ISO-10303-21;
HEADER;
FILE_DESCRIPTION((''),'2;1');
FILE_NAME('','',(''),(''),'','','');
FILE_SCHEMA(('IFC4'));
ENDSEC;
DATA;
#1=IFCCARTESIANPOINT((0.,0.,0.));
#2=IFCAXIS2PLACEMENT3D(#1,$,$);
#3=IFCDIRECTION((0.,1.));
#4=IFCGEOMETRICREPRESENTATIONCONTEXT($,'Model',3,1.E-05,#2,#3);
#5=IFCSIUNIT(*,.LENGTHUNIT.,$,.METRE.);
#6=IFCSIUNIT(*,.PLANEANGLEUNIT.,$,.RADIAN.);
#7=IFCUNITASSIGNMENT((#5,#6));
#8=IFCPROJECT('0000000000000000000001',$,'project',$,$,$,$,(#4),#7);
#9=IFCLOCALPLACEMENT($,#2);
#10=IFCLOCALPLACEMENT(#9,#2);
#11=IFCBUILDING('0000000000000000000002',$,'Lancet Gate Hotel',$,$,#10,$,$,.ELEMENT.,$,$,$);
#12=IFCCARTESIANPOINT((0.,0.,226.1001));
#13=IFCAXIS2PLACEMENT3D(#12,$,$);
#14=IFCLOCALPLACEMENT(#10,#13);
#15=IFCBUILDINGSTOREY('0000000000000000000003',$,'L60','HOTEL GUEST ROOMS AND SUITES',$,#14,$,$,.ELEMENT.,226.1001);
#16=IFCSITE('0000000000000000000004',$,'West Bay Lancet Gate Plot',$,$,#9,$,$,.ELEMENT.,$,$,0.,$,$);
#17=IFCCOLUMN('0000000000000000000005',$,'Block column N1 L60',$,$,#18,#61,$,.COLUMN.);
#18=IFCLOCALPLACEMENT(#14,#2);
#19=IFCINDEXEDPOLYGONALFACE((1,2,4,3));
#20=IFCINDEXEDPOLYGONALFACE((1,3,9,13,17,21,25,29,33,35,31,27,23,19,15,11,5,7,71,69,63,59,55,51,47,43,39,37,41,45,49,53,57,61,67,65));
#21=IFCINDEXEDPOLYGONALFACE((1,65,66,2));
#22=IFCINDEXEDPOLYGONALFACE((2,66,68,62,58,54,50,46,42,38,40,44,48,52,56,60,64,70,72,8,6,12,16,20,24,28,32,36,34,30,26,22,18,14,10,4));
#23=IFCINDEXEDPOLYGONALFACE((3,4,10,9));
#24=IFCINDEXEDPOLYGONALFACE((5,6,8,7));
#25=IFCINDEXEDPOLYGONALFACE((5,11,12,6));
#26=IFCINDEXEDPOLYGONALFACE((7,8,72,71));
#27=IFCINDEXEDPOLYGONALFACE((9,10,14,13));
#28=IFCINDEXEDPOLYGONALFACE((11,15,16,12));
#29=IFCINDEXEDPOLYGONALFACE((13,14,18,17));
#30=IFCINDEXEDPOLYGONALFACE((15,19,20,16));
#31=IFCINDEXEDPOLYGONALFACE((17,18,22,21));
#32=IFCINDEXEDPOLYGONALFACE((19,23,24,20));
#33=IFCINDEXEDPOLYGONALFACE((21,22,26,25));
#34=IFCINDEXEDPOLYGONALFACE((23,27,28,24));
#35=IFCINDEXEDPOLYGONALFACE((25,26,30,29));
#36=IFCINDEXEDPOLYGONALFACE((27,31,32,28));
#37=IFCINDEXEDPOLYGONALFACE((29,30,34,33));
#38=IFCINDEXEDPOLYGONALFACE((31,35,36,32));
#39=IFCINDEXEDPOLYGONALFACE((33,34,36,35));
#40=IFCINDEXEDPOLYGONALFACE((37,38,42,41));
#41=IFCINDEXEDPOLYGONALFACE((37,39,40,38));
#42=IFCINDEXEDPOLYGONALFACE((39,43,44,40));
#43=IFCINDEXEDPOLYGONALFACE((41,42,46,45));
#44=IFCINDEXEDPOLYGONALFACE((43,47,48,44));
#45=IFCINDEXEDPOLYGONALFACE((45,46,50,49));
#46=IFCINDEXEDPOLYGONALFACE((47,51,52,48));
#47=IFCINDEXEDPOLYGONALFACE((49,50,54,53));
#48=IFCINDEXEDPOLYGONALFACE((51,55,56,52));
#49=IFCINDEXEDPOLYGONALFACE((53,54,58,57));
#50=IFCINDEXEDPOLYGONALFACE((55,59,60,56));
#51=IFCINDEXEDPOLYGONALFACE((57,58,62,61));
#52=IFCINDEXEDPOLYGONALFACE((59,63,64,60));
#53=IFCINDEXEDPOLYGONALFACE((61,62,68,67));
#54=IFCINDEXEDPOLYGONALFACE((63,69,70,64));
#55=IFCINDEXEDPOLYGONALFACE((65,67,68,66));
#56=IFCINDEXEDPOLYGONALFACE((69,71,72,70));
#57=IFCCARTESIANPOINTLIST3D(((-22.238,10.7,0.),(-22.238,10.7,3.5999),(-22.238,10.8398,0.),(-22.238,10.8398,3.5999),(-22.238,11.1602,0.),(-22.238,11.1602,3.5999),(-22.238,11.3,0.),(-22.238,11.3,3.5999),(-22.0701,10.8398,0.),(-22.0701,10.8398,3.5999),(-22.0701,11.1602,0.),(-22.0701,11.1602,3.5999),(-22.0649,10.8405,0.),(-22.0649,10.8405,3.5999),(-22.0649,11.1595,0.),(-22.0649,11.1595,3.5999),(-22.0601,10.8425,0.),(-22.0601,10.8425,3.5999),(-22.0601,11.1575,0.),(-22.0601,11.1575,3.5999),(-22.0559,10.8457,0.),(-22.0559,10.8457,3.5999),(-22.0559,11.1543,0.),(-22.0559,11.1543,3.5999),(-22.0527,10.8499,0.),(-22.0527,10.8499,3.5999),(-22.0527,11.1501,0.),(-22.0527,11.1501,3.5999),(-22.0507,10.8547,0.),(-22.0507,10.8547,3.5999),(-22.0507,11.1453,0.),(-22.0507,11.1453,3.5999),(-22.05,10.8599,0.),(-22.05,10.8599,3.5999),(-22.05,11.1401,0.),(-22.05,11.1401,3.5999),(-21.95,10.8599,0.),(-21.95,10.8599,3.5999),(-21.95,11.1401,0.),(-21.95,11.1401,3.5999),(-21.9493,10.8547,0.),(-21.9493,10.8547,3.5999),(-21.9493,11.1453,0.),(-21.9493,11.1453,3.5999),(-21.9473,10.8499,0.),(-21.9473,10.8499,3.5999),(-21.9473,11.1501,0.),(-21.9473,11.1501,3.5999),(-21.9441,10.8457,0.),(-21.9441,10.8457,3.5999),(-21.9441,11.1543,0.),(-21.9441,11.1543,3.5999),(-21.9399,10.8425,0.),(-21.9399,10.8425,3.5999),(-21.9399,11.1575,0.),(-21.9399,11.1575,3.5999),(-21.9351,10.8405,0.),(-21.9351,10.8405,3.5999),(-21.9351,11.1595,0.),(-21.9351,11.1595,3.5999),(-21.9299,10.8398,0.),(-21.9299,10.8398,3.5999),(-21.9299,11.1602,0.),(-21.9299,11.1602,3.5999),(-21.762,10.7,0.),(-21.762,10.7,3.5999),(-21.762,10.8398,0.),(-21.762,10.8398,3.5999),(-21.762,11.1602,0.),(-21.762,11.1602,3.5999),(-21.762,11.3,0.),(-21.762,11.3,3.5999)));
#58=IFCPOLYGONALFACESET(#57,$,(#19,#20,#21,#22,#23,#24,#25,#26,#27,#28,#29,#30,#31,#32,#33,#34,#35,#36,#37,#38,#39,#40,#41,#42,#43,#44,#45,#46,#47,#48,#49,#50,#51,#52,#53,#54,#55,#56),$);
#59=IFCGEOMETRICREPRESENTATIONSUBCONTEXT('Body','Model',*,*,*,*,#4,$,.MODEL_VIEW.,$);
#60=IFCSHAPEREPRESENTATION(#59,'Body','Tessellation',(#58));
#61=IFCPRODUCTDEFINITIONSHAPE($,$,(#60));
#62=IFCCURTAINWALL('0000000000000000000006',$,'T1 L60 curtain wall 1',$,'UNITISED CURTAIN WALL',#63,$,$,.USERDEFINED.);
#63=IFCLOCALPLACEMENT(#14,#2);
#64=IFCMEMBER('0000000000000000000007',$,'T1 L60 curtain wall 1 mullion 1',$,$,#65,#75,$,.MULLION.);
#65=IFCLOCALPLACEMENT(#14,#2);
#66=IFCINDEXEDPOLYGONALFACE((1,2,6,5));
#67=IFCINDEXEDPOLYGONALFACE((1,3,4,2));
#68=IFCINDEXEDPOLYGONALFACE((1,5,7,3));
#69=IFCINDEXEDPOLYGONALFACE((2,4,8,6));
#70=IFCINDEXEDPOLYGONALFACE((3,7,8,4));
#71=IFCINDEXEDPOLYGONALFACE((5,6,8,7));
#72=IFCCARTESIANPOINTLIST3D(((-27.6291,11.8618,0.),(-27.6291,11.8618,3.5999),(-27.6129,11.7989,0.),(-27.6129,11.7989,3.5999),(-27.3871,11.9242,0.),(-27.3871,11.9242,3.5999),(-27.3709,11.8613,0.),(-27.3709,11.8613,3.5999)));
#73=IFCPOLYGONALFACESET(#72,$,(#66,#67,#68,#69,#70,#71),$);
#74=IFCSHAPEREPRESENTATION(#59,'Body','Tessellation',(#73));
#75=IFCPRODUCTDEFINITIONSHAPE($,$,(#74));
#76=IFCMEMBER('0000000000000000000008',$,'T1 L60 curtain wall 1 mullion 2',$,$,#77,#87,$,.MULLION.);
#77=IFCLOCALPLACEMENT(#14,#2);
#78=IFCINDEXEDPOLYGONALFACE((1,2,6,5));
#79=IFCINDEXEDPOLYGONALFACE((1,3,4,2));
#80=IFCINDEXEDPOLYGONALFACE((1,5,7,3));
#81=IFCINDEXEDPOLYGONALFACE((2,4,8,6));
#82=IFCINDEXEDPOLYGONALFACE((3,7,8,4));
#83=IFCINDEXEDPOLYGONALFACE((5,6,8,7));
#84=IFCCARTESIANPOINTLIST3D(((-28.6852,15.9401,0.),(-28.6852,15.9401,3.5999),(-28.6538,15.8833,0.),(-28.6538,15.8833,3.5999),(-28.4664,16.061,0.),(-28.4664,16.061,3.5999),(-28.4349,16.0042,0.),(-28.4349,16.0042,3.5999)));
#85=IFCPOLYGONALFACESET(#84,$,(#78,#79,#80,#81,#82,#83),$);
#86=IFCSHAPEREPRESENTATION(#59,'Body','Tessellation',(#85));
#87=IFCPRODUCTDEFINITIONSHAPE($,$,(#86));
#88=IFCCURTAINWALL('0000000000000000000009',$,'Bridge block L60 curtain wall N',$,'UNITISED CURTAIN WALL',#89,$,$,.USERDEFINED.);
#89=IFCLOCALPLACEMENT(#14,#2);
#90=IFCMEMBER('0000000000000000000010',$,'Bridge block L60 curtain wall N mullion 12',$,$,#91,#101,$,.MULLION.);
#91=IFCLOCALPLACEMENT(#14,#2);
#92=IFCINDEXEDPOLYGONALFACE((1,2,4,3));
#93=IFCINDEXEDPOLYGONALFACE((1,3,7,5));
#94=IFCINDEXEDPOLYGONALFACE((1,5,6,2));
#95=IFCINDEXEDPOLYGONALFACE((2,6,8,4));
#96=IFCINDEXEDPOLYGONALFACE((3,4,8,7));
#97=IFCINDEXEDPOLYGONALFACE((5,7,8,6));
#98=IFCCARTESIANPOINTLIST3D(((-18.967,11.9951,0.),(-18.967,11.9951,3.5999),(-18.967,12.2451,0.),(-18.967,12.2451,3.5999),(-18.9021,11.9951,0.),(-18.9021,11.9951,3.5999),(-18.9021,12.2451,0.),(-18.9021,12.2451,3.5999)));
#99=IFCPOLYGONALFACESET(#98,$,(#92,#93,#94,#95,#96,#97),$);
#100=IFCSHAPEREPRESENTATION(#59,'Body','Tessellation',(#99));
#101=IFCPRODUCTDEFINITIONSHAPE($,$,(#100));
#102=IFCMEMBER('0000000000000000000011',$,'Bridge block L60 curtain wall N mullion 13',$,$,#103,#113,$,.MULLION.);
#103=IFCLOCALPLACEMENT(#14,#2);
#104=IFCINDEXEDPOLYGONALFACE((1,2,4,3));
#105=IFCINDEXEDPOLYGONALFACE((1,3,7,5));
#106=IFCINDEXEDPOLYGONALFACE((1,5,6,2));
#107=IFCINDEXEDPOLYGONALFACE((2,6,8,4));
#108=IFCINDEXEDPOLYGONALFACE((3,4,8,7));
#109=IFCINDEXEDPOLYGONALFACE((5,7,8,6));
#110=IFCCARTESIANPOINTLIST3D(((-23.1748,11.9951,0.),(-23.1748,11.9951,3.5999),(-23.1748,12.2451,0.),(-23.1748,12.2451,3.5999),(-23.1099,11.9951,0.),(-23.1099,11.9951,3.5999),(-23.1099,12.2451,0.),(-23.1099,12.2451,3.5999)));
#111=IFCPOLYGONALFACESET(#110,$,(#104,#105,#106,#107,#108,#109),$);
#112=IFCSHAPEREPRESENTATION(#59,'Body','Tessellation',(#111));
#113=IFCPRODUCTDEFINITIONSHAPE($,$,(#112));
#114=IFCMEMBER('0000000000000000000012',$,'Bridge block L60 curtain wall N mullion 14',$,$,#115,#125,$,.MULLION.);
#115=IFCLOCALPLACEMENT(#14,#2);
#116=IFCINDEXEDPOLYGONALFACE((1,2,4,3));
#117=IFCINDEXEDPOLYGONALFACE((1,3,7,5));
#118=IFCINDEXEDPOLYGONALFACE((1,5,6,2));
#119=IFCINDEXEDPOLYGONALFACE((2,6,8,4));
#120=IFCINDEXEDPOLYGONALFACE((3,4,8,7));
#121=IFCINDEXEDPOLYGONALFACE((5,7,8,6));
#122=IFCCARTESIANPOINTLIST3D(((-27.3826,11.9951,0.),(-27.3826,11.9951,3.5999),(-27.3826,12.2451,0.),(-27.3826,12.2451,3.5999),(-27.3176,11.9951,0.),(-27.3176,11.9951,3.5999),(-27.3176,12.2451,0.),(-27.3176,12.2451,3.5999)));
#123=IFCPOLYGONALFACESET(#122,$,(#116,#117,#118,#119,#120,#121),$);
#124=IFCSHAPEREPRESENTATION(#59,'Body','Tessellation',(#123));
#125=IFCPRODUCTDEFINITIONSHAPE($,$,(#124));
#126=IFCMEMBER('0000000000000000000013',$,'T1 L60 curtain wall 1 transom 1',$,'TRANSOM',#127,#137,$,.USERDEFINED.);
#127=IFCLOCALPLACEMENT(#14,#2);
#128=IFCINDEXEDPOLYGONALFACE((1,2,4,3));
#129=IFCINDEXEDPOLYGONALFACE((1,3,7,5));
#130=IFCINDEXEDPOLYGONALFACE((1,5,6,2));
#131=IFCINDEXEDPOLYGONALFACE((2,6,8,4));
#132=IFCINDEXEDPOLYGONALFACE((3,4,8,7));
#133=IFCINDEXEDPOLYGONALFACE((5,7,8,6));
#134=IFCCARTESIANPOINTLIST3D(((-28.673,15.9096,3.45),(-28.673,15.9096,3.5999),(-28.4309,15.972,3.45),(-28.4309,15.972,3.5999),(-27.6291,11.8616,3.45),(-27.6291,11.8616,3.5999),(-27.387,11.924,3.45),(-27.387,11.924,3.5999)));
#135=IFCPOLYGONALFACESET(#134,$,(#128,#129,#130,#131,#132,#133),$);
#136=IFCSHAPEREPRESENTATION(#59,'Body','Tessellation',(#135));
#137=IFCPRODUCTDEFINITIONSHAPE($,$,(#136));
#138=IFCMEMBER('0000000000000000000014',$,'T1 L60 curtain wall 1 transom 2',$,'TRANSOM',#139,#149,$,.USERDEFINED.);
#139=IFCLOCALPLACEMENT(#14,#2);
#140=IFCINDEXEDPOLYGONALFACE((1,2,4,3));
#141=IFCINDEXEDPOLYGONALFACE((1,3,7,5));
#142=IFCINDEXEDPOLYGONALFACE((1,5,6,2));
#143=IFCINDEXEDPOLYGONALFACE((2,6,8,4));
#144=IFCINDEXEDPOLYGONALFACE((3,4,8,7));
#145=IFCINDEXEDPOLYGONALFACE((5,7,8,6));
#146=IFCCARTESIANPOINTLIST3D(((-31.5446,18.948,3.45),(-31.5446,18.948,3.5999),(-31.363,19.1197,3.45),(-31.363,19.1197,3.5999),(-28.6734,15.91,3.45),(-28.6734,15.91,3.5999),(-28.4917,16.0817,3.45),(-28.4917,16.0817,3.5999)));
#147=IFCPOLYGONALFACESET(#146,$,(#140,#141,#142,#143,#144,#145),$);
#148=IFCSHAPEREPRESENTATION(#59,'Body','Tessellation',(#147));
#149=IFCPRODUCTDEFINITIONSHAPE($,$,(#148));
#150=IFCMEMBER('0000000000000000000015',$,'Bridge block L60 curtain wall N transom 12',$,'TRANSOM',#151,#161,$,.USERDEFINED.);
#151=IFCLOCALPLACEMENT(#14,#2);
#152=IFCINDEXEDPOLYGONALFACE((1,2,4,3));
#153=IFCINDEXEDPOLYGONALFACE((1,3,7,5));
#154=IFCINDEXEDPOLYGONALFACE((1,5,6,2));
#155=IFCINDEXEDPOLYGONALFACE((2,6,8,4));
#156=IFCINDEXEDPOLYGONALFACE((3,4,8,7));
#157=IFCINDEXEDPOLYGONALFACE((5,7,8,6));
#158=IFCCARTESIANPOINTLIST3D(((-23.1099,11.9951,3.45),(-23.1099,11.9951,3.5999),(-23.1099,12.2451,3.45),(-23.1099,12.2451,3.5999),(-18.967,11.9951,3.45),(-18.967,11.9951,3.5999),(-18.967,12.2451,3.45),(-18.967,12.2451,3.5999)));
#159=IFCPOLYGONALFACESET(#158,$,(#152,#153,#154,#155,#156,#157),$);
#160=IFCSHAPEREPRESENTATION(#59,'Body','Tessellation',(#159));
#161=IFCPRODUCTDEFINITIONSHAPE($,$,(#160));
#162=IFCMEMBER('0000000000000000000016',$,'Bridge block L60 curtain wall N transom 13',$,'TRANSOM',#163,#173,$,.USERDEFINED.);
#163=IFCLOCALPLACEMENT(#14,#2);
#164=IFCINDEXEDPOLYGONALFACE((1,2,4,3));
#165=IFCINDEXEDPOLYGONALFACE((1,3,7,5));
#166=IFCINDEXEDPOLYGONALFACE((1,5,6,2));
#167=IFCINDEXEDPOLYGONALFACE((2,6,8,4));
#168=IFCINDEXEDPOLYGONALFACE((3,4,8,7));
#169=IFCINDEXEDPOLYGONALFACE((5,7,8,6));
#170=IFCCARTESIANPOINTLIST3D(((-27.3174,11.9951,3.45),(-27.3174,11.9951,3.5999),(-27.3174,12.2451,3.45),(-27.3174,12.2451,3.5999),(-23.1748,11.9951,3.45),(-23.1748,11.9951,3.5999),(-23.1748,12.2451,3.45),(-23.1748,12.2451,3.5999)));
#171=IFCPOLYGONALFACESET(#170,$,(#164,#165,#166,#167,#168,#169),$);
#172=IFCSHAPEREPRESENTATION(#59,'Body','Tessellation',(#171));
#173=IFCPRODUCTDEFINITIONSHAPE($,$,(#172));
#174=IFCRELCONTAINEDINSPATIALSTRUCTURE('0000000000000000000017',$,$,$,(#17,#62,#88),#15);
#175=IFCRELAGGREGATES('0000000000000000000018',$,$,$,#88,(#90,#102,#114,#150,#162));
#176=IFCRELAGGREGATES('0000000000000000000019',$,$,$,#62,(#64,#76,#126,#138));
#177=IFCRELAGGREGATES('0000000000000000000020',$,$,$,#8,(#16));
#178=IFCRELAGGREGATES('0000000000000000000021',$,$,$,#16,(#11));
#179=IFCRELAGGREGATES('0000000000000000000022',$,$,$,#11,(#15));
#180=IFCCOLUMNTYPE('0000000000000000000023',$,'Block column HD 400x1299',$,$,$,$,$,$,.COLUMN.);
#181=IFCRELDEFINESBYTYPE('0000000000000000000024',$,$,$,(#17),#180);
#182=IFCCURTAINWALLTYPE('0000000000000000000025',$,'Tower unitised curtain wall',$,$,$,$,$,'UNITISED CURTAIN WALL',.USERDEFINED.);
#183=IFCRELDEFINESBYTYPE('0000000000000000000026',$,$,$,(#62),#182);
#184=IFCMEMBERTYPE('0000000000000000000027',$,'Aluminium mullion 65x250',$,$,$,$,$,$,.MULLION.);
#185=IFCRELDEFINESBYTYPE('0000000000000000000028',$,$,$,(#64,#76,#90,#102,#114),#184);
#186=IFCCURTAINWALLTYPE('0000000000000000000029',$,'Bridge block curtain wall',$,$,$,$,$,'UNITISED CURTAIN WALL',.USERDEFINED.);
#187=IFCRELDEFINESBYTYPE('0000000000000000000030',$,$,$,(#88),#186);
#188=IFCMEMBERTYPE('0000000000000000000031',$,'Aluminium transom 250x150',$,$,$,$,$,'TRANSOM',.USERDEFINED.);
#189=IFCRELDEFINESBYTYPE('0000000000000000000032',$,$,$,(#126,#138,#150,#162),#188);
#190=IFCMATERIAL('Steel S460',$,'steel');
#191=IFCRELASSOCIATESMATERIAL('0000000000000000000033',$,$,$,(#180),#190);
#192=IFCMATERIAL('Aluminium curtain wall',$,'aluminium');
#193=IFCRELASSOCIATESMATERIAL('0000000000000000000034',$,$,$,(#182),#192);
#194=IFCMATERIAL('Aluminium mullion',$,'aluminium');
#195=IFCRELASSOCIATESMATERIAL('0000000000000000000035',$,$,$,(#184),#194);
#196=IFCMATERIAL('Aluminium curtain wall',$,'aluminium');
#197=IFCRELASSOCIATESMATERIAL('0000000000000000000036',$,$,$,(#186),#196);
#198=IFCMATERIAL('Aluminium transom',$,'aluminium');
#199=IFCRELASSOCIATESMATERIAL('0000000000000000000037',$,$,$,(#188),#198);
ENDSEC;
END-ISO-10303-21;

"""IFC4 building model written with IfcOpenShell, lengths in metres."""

from ifc_helpers import new_model, si_unit, direction, frame, origin, origin_2d, place, context, subcontext, project, spatial, rectangle, i_section, extrude, material, material_profile, profile_set, type_object, element, aggregate, save


model = new_model("IFC4")

# Units and contexts
model_context = context("Model", 3, precision=1e-05, world=origin(), true_north=direction((0.0, 1.0)))
body_context = subcontext(model_context, "Body", "Model", "MODEL_VIEW")
ifc_project = project(units=[si_unit("LENGTHUNIT", "METRE"), si_unit("PLANEANGLEUNIT", "RADIAN")], contexts=[model_context])

# Site, building, storey
site_placement = place(None, origin())
site = spatial("IfcSite", under=ifc_project, at=site_placement, Name="West Bay Lancet Gate Plot", CompositionType="ELEMENT", RefElevation=0.0)
building_placement = place(site_placement, origin())
building = spatial("IfcBuilding", under=site, at=building_placement, Name="Lancet Gate Hotel", CompositionType="ELEMENT")
storey_placement = place(building_placement, frame((0.0, 0.0, 226.1001)))
storey = spatial("IfcBuildingStorey", under=building, at=storey_placement, Name="L60", Description="HOTEL GUEST ROOMS AND SUITES", CompositionType="ELEMENT", Elevation=226.1001)

# Column
ifc_material_1 = material(Name="Steel S460", Category="steel")
ifc_material_profile_1 = material_profile(ifc_material_1, i_section(OverallWidth=0.4761, OverallDepth=0.6001, WebThickness=0.1001, FlangeThickness=0.1399, FilletRadius=0.02, at=origin_2d()), Name="HD 400x1299")
ifc_profile_set_1 = profile_set([ifc_material_profile_1], Name="Steel S460")
column_type = type_object("IfcColumnType", Name="Block column HD 400x1299", PredefinedType="COLUMN", material=ifc_profile_set_1)
column_placement = place(storey_placement, frame((-22.0, 11.0, 0.0), z_axis=(0.0, 0.0, 1.0), x_axis=(1.0, 0.0, 0.0)))
element("IfcColumn", 1, at=column_placement, inside=storey, type_object=column_type, Name="Block column N1 L60", PredefinedType="COLUMN", context=body_context, shape_type="SweptSolid", body=[
    extrude(i_section(OverallWidth=0.4761, OverallDepth=0.6001, WebThickness=0.1001, FlangeThickness=0.1399, FilletRadius=0.02, at=origin_2d()), origin(), (0.0, 0.0, 1.0), 3.5999),
])

# Curtain walls, members
ifc_material_2 = material(Name="Aluminium curtain wall", Category="aluminium")
curtain_wall_type_1 = type_object("IfcCurtainWallType", Name="Tower unitised curtain wall", ElementType="UNITISED CURTAIN WALL", PredefinedType="USERDEFINED", material=ifc_material_2)
curtain_wall_1_placement = place(storey_placement, origin())
curtain_wall_1 = element("IfcCurtainWall", 2, at=curtain_wall_1_placement, inside=storey, type_object=curtain_wall_type_1, Name="T1 L60 curtain wall 1", ObjectType="UNITISED CURTAIN WALL", PredefinedType="USERDEFINED")
ifc_material_3 = material(Name="Aluminium mullion", Category="aluminium")
ifc_material_profile_2 = material_profile(ifc_material_3, rectangle(XDim=0.0649, YDim=0.25, at=origin_2d()), Name="MULLION 65x250")
ifc_profile_set_2 = profile_set([ifc_material_profile_2], Name="Aluminium mullion")
member_type_1 = type_object("IfcMemberType", Name="Aluminium mullion 65x250", PredefinedType="MULLION", material=ifc_profile_set_2)
member_1_placement = place(storey_placement, frame((-27.5, 11.8616, 0.0), z_axis=(0.0, 0.0, 1.0), x_axis=(-0.249726, 0.968317, 0.0)))
member_1 = element("IfcMember", 3, at=member_1_placement, type_object=member_type_1, Name="T1 L60 curtain wall 1 mullion 1", PredefinedType="MULLION", context=body_context, shape_type="SweptSolid", body=[
    extrude(rectangle(XDim=0.0649, YDim=0.25, at=origin_2d()), origin(), (0.0, 0.0, 1.0), 3.5999),
])
member_2_placement = place(storey_placement, frame((-28.5601, 15.9722, 0.0), z_axis=(0.0, 0.0, 1.0), x_axis=(-0.483627, 0.875274, 0.0)))
member_2 = element("IfcMember", 4, at=member_2_placement, type_object=member_type_1, Name="T1 L60 curtain wall 1 mullion 2", PredefinedType="MULLION", context=body_context, shape_type="SweptSolid", body=[
    extrude(rectangle(XDim=0.0649, YDim=0.25, at=origin_2d()), origin(), (0.0, 0.0, 1.0), 3.5999),
])
ifc_material_4 = material(Name="Aluminium curtain wall", Category="aluminium")
curtain_wall_type_2 = type_object("IfcCurtainWallType", Name="Bridge block curtain wall", ElementType="UNITISED CURTAIN WALL", PredefinedType="USERDEFINED", material=ifc_material_4)
curtain_wall_2_placement = place(storey_placement, origin())
curtain_wall_2 = element("IfcCurtainWall", 5, at=curtain_wall_2_placement, inside=storey, type_object=curtain_wall_type_2, Name="Bridge block L60 curtain wall N", ObjectType="UNITISED CURTAIN WALL", PredefinedType="USERDEFINED")
member_3_placement = place(storey_placement, frame((-18.9346, 12.1201, 0.0), z_axis=(0.0, 0.0, 1.0), x_axis=(-1.0, 0.0, 0.0)))
member_3 = element("IfcMember", 6, at=member_3_placement, type_object=member_type_1, Name="Bridge block L60 curtain wall N mullion 12", PredefinedType="MULLION", context=body_context, shape_type="SweptSolid", body=[
    extrude(rectangle(XDim=0.0649, YDim=0.25, at=origin_2d()), origin(), (0.0, 0.0, 1.0), 3.5999),
])
member_4_placement = place(storey_placement, frame((-23.1423, 12.1201, 0.0), z_axis=(0.0, 0.0, 1.0), x_axis=(-1.0, 0.0, 0.0)))
member_4 = element("IfcMember", 7, at=member_4_placement, type_object=member_type_1, Name="Bridge block L60 curtain wall N mullion 13", PredefinedType="MULLION", context=body_context, shape_type="SweptSolid", body=[
    extrude(rectangle(XDim=0.0649, YDim=0.25, at=origin_2d()), origin(), (0.0, 0.0, 1.0), 3.5999),
])
member_5_placement = place(storey_placement, frame((-27.3501, 12.1201, 0.0), z_axis=(0.0, 0.0, 1.0), x_axis=(-1.0, 0.0, 0.0)))
member_5 = element("IfcMember", 8, at=member_5_placement, type_object=member_type_1, Name="Bridge block L60 curtain wall N mullion 14", PredefinedType="MULLION", context=body_context, shape_type="SweptSolid", body=[
    extrude(rectangle(XDim=0.0649, YDim=0.25, at=origin_2d()), origin(), (0.0, 0.0, 1.0), 3.5999),
])

# Members
ifc_material_5 = material(Name="Aluminium transom", Category="aluminium")
ifc_material_profile_3 = material_profile(ifc_material_5, rectangle(XDim=0.25, YDim=0.1499, at=origin_2d()), Name="TRANSOM 250x150")
ifc_profile_set_3 = profile_set([ifc_material_profile_3], Name="Aluminium transom")
member_type_2 = type_object("IfcMemberType", Name="Aluminium transom 250x150", ElementType="TRANSOM", PredefinedType="USERDEFINED", material=ifc_profile_set_3)
member_6_placement = place(storey_placement, frame((-27.5081, 11.8928, 3.5249), z_axis=(-0.249716, 0.968319, 0.0), x_axis=(-0.968319, -0.249716, 0.0)))
member_6 = element("IfcMember", 9, at=member_6_placement, type_object=member_type_2, Name="T1 L60 curtain wall 1 transom 1", ObjectType="TRANSOM", PredefinedType="USERDEFINED", context=body_context, shape_type="SweptSolid", body=[
    extrude(rectangle(XDim=0.25, YDim=0.1499, at=origin_2d()), origin(), (0.0, 0.0, 1.0), 4.1804),
])
member_7_placement = place(storey_placement, frame((-28.5825, 15.9958, 3.5249), z_axis=(-0.686881, 0.72677, 0.0), x_axis=(-0.72677, -0.686881, 0.0)))
member_7 = element("IfcMember", 10, at=member_7_placement, type_object=member_type_2, Name="T1 L60 curtain wall 1 transom 2", ObjectType="TRANSOM", PredefinedType="USERDEFINED", context=body_context, shape_type="SweptSolid", body=[
    extrude(rectangle(XDim=0.25, YDim=0.1499, at=origin_2d()), origin(), (0.0, 0.0, 1.0), 4.1802),
])
member_8_placement = place(storey_placement, frame((-18.967, 12.1201, 3.5249), z_axis=(-1.0, 0.0, 0.0), x_axis=(0.0, -1.0, 0.0)))
member_8 = element("IfcMember", 11, at=member_8_placement, type_object=member_type_2, Name="Bridge block L60 curtain wall N transom 12", ObjectType="TRANSOM", PredefinedType="USERDEFINED", context=body_context, shape_type="SweptSolid", body=[
    extrude(rectangle(XDim=0.25, YDim=0.1499, at=origin_2d()), origin(), (0.0, 0.0, 1.0), 4.1428),
])
member_9_placement = place(storey_placement, frame((-23.1748, 12.1201, 3.5249), z_axis=(-1.0, 0.0, 0.0), x_axis=(0.0, -1.0, 0.0)))
member_9 = element("IfcMember", 12, at=member_9_placement, type_object=member_type_2, Name="Bridge block L60 curtain wall N transom 13", ObjectType="TRANSOM", PredefinedType="USERDEFINED", context=body_context, shape_type="SweptSolid", body=[
    extrude(rectangle(XDim=0.25, YDim=0.1499, at=origin_2d()), origin(), (0.0, 0.0, 1.0), 4.1426),
])

aggregate(curtain_wall_2, [member_3, member_4, member_5, member_8, member_9])
aggregate(curtain_wall_1, [member_1, member_2, member_6, member_7])

save(model, "model.ifc")
